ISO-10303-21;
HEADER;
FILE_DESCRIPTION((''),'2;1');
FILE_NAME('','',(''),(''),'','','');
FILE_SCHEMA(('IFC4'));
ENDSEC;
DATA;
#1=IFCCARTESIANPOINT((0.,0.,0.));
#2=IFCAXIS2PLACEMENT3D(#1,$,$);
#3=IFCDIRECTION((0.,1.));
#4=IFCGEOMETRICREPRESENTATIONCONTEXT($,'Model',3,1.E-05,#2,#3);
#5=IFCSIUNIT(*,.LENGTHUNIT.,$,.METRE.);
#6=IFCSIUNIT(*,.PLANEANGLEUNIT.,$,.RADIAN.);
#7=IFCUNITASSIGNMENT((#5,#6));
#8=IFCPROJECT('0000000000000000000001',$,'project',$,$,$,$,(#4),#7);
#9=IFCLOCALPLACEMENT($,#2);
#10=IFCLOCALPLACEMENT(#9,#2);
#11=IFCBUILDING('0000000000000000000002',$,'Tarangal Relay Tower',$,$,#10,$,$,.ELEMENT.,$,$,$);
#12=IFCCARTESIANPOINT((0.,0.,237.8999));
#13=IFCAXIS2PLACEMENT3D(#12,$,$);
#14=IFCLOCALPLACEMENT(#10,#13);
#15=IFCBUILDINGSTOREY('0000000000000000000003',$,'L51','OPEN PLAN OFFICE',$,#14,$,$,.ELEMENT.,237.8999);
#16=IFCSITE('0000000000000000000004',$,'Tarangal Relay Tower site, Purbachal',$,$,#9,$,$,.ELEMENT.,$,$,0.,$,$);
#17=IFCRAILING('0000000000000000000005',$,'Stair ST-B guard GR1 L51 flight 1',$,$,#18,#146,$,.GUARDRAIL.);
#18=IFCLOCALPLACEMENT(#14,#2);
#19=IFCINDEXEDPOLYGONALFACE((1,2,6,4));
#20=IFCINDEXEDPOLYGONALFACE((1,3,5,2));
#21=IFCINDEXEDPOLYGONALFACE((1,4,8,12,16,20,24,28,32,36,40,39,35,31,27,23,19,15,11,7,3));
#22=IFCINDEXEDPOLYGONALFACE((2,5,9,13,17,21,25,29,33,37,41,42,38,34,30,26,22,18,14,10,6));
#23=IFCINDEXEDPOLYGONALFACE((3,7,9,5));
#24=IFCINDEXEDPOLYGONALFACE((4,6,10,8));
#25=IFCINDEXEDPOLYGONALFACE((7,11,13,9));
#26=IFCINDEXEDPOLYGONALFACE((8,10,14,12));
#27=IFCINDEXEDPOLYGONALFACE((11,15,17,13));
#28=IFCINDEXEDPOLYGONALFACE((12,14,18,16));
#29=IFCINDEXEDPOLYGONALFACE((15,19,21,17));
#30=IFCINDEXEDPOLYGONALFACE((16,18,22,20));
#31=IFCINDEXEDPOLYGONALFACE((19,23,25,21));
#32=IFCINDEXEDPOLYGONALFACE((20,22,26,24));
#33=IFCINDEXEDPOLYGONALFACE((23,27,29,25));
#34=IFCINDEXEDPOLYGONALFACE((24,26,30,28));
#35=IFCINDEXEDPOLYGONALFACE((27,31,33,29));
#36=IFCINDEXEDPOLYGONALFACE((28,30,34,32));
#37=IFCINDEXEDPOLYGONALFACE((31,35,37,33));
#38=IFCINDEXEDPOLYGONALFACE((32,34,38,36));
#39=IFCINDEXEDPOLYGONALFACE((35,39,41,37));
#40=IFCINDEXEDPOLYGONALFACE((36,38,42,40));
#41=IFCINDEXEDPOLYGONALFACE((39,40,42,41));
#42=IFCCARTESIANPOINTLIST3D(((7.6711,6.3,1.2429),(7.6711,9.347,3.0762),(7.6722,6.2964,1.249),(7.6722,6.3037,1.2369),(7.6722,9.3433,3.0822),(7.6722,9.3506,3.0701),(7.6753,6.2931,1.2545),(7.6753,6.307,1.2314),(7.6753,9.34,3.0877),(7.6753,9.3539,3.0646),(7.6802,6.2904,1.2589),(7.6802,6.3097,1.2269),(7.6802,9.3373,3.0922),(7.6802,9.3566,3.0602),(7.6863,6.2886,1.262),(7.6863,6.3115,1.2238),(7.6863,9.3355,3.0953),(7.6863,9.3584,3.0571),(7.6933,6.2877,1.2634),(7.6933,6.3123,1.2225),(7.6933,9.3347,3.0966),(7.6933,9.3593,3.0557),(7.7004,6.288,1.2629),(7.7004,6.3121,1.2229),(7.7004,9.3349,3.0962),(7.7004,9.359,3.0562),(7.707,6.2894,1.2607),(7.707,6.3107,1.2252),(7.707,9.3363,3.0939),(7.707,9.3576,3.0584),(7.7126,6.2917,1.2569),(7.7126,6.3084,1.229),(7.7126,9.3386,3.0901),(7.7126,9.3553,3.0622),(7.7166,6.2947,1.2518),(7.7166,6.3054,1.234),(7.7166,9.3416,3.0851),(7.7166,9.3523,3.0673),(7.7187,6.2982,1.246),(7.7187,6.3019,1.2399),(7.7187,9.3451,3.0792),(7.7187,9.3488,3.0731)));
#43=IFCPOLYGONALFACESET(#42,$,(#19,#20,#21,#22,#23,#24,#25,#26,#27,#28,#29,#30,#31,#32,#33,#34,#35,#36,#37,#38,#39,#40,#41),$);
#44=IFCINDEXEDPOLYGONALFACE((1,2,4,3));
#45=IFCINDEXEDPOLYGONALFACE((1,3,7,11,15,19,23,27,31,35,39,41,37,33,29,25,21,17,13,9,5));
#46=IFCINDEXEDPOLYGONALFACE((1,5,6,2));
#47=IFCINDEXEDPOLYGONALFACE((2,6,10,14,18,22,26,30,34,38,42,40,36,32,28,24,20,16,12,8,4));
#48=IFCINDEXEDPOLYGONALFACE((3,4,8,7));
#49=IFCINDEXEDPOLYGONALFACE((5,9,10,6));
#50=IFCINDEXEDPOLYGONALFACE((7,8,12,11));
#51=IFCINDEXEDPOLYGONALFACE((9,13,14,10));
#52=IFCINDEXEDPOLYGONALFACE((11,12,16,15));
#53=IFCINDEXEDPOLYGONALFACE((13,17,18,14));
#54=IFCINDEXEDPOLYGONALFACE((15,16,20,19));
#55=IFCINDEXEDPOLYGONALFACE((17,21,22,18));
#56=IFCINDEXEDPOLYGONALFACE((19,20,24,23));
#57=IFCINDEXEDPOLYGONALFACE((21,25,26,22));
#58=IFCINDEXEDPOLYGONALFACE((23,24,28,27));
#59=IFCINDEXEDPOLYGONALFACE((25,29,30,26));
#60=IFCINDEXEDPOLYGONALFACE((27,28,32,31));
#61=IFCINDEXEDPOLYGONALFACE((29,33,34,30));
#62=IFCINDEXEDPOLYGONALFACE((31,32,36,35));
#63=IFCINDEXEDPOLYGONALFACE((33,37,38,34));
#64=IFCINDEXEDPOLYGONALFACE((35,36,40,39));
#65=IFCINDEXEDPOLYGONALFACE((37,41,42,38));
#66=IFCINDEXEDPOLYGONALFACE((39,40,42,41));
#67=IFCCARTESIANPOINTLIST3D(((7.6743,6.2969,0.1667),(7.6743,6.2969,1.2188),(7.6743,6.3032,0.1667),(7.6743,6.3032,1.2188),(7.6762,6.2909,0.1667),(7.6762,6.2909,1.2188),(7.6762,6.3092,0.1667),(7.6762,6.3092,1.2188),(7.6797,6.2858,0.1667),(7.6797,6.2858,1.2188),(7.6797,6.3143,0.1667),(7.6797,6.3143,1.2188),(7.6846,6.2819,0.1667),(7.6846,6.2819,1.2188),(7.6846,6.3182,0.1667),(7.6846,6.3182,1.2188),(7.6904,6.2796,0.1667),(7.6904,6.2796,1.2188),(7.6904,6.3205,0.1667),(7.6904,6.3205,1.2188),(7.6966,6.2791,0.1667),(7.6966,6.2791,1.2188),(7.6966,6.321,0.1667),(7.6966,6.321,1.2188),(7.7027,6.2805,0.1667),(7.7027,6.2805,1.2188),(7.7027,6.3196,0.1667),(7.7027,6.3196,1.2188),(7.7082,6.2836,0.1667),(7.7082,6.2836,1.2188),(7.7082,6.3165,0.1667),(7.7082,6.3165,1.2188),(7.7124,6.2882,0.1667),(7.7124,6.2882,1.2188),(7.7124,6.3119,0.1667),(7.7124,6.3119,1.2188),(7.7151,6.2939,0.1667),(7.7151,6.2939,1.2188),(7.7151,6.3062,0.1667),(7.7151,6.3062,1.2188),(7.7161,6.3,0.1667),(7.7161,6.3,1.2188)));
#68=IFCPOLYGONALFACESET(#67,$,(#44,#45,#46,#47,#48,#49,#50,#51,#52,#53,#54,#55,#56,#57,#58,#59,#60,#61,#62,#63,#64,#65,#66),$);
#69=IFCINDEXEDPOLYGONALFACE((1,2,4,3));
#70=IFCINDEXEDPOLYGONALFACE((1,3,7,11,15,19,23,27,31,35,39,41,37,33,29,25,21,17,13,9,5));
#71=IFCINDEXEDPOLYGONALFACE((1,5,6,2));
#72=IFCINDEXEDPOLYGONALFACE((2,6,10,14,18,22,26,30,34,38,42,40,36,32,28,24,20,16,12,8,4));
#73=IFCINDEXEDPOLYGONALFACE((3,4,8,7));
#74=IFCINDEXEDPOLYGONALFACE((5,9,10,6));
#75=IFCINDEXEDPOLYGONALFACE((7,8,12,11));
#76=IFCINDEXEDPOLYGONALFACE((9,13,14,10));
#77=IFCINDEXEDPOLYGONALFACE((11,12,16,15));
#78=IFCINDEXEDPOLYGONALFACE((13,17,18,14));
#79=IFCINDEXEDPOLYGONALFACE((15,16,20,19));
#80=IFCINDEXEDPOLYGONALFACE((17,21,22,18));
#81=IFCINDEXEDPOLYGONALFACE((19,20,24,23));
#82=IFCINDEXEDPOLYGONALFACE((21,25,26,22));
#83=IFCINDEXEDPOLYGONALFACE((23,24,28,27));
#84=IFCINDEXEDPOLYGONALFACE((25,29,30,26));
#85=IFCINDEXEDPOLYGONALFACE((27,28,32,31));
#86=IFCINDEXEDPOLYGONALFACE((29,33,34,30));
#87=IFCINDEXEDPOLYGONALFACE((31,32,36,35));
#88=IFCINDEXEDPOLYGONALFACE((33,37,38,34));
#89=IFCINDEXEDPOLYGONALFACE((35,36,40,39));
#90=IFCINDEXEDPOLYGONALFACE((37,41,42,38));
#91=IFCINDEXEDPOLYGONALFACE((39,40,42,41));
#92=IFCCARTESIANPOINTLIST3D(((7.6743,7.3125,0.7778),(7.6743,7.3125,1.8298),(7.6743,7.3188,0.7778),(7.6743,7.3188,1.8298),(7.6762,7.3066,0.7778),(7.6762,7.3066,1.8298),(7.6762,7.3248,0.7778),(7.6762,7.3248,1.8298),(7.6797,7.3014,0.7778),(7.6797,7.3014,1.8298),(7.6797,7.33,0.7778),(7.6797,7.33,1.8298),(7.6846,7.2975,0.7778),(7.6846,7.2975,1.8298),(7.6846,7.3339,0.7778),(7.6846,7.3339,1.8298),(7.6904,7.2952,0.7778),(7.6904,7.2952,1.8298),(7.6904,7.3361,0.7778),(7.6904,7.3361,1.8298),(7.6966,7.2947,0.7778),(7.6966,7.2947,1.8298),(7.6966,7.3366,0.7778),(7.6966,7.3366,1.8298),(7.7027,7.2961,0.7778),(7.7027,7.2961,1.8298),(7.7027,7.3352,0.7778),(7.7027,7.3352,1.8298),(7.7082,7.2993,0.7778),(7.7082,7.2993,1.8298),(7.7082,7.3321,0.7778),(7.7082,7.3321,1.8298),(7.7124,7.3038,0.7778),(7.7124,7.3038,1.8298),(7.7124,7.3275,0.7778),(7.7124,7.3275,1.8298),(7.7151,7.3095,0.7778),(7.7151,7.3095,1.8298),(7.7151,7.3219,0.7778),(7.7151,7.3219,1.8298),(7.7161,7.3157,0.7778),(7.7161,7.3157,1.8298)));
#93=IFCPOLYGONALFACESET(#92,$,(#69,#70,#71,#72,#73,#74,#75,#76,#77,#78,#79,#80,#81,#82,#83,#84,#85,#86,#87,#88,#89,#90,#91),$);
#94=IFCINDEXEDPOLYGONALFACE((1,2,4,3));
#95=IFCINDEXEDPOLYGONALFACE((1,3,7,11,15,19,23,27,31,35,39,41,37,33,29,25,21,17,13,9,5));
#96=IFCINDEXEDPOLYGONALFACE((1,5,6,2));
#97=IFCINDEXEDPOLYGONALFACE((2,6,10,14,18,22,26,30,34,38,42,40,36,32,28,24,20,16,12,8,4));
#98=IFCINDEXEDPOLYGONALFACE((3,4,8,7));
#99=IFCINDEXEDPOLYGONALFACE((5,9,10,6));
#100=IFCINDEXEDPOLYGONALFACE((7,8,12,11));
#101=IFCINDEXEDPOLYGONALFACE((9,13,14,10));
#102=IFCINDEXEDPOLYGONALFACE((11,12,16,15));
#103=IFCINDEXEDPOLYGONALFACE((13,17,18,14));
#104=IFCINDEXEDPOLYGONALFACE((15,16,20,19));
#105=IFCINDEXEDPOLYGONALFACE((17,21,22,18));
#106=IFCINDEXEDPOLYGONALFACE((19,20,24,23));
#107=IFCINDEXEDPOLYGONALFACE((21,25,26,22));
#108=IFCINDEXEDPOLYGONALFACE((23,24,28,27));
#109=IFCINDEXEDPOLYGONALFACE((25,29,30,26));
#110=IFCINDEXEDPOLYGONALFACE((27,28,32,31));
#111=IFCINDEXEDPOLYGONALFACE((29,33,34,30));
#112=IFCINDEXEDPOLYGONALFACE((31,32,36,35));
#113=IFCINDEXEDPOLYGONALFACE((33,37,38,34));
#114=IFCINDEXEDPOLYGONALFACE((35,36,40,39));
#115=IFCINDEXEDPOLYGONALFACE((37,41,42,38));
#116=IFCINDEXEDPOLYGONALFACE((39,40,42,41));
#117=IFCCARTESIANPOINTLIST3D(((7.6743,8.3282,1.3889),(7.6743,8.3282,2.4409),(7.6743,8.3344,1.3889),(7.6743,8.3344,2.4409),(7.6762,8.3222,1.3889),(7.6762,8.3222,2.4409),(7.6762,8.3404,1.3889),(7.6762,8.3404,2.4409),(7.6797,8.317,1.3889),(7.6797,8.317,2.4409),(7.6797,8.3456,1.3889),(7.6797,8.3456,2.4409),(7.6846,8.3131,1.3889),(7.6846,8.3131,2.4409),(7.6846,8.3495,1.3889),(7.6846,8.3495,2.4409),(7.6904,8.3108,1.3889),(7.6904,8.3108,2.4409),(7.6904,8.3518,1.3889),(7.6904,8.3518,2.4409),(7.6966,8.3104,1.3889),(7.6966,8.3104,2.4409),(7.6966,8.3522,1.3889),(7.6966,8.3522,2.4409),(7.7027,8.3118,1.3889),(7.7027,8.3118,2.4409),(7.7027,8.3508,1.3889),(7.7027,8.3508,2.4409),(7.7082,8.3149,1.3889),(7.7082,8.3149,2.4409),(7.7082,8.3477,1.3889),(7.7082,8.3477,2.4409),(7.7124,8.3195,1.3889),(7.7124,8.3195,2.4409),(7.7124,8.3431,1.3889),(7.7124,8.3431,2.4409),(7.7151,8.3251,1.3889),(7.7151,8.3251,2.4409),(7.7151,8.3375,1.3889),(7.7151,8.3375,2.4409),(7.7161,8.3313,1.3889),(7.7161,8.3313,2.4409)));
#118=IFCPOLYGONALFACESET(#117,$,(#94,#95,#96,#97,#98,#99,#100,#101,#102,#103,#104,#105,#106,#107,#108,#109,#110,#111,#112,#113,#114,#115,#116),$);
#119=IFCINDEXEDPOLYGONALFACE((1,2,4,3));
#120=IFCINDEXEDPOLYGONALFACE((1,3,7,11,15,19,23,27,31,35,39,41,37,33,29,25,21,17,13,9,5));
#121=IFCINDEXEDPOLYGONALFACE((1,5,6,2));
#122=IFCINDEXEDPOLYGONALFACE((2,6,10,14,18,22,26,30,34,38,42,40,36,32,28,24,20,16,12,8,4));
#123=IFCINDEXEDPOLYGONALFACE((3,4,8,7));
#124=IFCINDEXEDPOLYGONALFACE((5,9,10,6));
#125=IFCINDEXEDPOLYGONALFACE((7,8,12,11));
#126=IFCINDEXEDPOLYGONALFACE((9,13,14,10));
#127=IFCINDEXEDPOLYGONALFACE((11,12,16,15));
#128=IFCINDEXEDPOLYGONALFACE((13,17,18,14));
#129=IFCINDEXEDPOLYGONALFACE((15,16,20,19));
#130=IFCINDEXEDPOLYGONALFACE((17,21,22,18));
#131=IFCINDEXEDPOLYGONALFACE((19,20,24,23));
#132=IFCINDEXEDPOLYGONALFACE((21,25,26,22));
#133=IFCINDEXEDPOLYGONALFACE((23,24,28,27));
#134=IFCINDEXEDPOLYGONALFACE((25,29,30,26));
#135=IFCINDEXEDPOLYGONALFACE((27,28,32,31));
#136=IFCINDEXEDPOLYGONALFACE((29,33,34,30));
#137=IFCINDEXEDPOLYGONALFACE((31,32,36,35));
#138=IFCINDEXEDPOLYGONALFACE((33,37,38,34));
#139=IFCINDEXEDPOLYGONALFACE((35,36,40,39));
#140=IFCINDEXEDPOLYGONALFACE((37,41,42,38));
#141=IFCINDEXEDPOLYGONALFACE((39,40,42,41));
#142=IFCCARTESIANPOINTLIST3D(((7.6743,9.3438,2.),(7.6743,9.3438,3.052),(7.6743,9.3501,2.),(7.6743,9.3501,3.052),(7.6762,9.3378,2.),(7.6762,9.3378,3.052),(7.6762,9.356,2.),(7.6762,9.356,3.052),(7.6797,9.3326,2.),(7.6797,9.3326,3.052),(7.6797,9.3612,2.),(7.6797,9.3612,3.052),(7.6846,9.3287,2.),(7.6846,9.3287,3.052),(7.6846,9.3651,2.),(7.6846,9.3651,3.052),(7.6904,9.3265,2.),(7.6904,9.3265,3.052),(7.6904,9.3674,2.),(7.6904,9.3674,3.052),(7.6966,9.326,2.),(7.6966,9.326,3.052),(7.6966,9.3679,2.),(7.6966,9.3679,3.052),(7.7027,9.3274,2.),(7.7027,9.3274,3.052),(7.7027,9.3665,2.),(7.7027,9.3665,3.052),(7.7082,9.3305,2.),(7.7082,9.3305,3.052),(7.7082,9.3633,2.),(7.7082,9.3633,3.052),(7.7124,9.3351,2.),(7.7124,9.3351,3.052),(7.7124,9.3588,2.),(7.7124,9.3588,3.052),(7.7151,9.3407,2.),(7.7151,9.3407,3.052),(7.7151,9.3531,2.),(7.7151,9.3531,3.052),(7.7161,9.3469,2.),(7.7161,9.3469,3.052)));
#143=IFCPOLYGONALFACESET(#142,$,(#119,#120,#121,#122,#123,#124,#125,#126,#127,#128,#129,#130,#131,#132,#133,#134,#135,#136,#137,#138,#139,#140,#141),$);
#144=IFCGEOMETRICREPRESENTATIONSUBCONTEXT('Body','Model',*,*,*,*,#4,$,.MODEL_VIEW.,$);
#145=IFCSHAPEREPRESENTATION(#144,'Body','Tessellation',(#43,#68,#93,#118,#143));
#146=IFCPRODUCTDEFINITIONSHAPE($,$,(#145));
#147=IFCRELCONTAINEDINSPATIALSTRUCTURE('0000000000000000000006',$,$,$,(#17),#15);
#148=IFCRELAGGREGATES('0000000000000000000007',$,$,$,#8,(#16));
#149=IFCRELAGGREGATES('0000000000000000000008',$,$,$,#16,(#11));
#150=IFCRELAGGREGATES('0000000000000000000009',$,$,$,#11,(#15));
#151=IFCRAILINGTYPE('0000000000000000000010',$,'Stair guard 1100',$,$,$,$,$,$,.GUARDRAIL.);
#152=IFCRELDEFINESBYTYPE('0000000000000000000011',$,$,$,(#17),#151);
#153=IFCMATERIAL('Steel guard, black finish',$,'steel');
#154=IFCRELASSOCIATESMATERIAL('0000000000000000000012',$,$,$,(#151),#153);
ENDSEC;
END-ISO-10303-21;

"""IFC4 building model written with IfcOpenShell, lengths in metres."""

from ifc_helpers import new_model, si_unit, direction, frame, origin, origin_2d, place, context, subcontext, project, spatial, circle, extrude, material, type_object, element, save


model = new_model("IFC4")

# Units and contexts
model_context = context("Model", 3, precision=1e-05, world=origin(), true_north=direction((0.0, 1.0)))
body_context = subcontext(model_context, "Body", "Model", "MODEL_VIEW")
ifc_project = project(units=[si_unit("LENGTHUNIT", "METRE"), si_unit("PLANEANGLEUNIT", "RADIAN")], contexts=[model_context])

# Site, building, storey
site_placement = place(None, origin())
site = spatial("IfcSite", under=ifc_project, at=site_placement, Name="Tarangal Relay Tower site, Purbachal", CompositionType="ELEMENT", RefElevation=0.0)
building_placement = place(site_placement, origin())
building = spatial("IfcBuilding", under=site, at=building_placement, Name="Tarangal Relay Tower", CompositionType="ELEMENT")
storey_placement = place(building_placement, frame((0.0, 0.0, 237.8999)))
storey = spatial("IfcBuildingStorey", under=building, at=storey_placement, Name="L51", Description="OPEN PLAN OFFICE", CompositionType="ELEMENT", Elevation=237.8999)

# Railing
ifc_material_1 = material(Name="Steel guard, black finish", Category="steel")
railing_type_1 = type_object("IfcRailingType", Name="Stair guard 1100", PredefinedType="GUARDRAIL", material=ifc_material_1)
railing_1_placement = place(storey_placement, frame((7.6951, 6.3, 0.1667)))
element("IfcRailing", 1, at=railing_1_placement, inside=storey, type_object=railing_type_1, Name="Stair ST-B guard GR1 L51 flight 1", PredefinedType="GUARDRAIL", context=body_context, shape_type="SweptSolid", body=[
    extrude(circle(Radius=0.0239, at=origin_2d()), frame((0.0, 0.0, 1.0762), z_axis=(0.0, 0.856856, 0.515556), x_axis=(-1.0, 0.0, 0.0)), (0.0, 0.0, 1.0), 3.5559),
    extrude(circle(Radius=0.021, at=origin_2d()), origin(), (0.0, 0.0, 1.0), 1.052),
    extrude(circle(Radius=0.021, at=origin_2d()), frame((0.0, 1.0156, 0.6111)), (0.0, 0.0, 1.0), 1.052),
    extrude(circle(Radius=0.021, at=origin_2d()), frame((0.0, 2.0312, 1.2222)), (0.0, 0.0, 1.0), 1.052),
    extrude(circle(Radius=0.021, at=origin_2d()), frame((0.0, 3.0469, 1.8333)), (0.0, 0.0, 1.0), 1.052),
])

save(model, "model.ifc")
